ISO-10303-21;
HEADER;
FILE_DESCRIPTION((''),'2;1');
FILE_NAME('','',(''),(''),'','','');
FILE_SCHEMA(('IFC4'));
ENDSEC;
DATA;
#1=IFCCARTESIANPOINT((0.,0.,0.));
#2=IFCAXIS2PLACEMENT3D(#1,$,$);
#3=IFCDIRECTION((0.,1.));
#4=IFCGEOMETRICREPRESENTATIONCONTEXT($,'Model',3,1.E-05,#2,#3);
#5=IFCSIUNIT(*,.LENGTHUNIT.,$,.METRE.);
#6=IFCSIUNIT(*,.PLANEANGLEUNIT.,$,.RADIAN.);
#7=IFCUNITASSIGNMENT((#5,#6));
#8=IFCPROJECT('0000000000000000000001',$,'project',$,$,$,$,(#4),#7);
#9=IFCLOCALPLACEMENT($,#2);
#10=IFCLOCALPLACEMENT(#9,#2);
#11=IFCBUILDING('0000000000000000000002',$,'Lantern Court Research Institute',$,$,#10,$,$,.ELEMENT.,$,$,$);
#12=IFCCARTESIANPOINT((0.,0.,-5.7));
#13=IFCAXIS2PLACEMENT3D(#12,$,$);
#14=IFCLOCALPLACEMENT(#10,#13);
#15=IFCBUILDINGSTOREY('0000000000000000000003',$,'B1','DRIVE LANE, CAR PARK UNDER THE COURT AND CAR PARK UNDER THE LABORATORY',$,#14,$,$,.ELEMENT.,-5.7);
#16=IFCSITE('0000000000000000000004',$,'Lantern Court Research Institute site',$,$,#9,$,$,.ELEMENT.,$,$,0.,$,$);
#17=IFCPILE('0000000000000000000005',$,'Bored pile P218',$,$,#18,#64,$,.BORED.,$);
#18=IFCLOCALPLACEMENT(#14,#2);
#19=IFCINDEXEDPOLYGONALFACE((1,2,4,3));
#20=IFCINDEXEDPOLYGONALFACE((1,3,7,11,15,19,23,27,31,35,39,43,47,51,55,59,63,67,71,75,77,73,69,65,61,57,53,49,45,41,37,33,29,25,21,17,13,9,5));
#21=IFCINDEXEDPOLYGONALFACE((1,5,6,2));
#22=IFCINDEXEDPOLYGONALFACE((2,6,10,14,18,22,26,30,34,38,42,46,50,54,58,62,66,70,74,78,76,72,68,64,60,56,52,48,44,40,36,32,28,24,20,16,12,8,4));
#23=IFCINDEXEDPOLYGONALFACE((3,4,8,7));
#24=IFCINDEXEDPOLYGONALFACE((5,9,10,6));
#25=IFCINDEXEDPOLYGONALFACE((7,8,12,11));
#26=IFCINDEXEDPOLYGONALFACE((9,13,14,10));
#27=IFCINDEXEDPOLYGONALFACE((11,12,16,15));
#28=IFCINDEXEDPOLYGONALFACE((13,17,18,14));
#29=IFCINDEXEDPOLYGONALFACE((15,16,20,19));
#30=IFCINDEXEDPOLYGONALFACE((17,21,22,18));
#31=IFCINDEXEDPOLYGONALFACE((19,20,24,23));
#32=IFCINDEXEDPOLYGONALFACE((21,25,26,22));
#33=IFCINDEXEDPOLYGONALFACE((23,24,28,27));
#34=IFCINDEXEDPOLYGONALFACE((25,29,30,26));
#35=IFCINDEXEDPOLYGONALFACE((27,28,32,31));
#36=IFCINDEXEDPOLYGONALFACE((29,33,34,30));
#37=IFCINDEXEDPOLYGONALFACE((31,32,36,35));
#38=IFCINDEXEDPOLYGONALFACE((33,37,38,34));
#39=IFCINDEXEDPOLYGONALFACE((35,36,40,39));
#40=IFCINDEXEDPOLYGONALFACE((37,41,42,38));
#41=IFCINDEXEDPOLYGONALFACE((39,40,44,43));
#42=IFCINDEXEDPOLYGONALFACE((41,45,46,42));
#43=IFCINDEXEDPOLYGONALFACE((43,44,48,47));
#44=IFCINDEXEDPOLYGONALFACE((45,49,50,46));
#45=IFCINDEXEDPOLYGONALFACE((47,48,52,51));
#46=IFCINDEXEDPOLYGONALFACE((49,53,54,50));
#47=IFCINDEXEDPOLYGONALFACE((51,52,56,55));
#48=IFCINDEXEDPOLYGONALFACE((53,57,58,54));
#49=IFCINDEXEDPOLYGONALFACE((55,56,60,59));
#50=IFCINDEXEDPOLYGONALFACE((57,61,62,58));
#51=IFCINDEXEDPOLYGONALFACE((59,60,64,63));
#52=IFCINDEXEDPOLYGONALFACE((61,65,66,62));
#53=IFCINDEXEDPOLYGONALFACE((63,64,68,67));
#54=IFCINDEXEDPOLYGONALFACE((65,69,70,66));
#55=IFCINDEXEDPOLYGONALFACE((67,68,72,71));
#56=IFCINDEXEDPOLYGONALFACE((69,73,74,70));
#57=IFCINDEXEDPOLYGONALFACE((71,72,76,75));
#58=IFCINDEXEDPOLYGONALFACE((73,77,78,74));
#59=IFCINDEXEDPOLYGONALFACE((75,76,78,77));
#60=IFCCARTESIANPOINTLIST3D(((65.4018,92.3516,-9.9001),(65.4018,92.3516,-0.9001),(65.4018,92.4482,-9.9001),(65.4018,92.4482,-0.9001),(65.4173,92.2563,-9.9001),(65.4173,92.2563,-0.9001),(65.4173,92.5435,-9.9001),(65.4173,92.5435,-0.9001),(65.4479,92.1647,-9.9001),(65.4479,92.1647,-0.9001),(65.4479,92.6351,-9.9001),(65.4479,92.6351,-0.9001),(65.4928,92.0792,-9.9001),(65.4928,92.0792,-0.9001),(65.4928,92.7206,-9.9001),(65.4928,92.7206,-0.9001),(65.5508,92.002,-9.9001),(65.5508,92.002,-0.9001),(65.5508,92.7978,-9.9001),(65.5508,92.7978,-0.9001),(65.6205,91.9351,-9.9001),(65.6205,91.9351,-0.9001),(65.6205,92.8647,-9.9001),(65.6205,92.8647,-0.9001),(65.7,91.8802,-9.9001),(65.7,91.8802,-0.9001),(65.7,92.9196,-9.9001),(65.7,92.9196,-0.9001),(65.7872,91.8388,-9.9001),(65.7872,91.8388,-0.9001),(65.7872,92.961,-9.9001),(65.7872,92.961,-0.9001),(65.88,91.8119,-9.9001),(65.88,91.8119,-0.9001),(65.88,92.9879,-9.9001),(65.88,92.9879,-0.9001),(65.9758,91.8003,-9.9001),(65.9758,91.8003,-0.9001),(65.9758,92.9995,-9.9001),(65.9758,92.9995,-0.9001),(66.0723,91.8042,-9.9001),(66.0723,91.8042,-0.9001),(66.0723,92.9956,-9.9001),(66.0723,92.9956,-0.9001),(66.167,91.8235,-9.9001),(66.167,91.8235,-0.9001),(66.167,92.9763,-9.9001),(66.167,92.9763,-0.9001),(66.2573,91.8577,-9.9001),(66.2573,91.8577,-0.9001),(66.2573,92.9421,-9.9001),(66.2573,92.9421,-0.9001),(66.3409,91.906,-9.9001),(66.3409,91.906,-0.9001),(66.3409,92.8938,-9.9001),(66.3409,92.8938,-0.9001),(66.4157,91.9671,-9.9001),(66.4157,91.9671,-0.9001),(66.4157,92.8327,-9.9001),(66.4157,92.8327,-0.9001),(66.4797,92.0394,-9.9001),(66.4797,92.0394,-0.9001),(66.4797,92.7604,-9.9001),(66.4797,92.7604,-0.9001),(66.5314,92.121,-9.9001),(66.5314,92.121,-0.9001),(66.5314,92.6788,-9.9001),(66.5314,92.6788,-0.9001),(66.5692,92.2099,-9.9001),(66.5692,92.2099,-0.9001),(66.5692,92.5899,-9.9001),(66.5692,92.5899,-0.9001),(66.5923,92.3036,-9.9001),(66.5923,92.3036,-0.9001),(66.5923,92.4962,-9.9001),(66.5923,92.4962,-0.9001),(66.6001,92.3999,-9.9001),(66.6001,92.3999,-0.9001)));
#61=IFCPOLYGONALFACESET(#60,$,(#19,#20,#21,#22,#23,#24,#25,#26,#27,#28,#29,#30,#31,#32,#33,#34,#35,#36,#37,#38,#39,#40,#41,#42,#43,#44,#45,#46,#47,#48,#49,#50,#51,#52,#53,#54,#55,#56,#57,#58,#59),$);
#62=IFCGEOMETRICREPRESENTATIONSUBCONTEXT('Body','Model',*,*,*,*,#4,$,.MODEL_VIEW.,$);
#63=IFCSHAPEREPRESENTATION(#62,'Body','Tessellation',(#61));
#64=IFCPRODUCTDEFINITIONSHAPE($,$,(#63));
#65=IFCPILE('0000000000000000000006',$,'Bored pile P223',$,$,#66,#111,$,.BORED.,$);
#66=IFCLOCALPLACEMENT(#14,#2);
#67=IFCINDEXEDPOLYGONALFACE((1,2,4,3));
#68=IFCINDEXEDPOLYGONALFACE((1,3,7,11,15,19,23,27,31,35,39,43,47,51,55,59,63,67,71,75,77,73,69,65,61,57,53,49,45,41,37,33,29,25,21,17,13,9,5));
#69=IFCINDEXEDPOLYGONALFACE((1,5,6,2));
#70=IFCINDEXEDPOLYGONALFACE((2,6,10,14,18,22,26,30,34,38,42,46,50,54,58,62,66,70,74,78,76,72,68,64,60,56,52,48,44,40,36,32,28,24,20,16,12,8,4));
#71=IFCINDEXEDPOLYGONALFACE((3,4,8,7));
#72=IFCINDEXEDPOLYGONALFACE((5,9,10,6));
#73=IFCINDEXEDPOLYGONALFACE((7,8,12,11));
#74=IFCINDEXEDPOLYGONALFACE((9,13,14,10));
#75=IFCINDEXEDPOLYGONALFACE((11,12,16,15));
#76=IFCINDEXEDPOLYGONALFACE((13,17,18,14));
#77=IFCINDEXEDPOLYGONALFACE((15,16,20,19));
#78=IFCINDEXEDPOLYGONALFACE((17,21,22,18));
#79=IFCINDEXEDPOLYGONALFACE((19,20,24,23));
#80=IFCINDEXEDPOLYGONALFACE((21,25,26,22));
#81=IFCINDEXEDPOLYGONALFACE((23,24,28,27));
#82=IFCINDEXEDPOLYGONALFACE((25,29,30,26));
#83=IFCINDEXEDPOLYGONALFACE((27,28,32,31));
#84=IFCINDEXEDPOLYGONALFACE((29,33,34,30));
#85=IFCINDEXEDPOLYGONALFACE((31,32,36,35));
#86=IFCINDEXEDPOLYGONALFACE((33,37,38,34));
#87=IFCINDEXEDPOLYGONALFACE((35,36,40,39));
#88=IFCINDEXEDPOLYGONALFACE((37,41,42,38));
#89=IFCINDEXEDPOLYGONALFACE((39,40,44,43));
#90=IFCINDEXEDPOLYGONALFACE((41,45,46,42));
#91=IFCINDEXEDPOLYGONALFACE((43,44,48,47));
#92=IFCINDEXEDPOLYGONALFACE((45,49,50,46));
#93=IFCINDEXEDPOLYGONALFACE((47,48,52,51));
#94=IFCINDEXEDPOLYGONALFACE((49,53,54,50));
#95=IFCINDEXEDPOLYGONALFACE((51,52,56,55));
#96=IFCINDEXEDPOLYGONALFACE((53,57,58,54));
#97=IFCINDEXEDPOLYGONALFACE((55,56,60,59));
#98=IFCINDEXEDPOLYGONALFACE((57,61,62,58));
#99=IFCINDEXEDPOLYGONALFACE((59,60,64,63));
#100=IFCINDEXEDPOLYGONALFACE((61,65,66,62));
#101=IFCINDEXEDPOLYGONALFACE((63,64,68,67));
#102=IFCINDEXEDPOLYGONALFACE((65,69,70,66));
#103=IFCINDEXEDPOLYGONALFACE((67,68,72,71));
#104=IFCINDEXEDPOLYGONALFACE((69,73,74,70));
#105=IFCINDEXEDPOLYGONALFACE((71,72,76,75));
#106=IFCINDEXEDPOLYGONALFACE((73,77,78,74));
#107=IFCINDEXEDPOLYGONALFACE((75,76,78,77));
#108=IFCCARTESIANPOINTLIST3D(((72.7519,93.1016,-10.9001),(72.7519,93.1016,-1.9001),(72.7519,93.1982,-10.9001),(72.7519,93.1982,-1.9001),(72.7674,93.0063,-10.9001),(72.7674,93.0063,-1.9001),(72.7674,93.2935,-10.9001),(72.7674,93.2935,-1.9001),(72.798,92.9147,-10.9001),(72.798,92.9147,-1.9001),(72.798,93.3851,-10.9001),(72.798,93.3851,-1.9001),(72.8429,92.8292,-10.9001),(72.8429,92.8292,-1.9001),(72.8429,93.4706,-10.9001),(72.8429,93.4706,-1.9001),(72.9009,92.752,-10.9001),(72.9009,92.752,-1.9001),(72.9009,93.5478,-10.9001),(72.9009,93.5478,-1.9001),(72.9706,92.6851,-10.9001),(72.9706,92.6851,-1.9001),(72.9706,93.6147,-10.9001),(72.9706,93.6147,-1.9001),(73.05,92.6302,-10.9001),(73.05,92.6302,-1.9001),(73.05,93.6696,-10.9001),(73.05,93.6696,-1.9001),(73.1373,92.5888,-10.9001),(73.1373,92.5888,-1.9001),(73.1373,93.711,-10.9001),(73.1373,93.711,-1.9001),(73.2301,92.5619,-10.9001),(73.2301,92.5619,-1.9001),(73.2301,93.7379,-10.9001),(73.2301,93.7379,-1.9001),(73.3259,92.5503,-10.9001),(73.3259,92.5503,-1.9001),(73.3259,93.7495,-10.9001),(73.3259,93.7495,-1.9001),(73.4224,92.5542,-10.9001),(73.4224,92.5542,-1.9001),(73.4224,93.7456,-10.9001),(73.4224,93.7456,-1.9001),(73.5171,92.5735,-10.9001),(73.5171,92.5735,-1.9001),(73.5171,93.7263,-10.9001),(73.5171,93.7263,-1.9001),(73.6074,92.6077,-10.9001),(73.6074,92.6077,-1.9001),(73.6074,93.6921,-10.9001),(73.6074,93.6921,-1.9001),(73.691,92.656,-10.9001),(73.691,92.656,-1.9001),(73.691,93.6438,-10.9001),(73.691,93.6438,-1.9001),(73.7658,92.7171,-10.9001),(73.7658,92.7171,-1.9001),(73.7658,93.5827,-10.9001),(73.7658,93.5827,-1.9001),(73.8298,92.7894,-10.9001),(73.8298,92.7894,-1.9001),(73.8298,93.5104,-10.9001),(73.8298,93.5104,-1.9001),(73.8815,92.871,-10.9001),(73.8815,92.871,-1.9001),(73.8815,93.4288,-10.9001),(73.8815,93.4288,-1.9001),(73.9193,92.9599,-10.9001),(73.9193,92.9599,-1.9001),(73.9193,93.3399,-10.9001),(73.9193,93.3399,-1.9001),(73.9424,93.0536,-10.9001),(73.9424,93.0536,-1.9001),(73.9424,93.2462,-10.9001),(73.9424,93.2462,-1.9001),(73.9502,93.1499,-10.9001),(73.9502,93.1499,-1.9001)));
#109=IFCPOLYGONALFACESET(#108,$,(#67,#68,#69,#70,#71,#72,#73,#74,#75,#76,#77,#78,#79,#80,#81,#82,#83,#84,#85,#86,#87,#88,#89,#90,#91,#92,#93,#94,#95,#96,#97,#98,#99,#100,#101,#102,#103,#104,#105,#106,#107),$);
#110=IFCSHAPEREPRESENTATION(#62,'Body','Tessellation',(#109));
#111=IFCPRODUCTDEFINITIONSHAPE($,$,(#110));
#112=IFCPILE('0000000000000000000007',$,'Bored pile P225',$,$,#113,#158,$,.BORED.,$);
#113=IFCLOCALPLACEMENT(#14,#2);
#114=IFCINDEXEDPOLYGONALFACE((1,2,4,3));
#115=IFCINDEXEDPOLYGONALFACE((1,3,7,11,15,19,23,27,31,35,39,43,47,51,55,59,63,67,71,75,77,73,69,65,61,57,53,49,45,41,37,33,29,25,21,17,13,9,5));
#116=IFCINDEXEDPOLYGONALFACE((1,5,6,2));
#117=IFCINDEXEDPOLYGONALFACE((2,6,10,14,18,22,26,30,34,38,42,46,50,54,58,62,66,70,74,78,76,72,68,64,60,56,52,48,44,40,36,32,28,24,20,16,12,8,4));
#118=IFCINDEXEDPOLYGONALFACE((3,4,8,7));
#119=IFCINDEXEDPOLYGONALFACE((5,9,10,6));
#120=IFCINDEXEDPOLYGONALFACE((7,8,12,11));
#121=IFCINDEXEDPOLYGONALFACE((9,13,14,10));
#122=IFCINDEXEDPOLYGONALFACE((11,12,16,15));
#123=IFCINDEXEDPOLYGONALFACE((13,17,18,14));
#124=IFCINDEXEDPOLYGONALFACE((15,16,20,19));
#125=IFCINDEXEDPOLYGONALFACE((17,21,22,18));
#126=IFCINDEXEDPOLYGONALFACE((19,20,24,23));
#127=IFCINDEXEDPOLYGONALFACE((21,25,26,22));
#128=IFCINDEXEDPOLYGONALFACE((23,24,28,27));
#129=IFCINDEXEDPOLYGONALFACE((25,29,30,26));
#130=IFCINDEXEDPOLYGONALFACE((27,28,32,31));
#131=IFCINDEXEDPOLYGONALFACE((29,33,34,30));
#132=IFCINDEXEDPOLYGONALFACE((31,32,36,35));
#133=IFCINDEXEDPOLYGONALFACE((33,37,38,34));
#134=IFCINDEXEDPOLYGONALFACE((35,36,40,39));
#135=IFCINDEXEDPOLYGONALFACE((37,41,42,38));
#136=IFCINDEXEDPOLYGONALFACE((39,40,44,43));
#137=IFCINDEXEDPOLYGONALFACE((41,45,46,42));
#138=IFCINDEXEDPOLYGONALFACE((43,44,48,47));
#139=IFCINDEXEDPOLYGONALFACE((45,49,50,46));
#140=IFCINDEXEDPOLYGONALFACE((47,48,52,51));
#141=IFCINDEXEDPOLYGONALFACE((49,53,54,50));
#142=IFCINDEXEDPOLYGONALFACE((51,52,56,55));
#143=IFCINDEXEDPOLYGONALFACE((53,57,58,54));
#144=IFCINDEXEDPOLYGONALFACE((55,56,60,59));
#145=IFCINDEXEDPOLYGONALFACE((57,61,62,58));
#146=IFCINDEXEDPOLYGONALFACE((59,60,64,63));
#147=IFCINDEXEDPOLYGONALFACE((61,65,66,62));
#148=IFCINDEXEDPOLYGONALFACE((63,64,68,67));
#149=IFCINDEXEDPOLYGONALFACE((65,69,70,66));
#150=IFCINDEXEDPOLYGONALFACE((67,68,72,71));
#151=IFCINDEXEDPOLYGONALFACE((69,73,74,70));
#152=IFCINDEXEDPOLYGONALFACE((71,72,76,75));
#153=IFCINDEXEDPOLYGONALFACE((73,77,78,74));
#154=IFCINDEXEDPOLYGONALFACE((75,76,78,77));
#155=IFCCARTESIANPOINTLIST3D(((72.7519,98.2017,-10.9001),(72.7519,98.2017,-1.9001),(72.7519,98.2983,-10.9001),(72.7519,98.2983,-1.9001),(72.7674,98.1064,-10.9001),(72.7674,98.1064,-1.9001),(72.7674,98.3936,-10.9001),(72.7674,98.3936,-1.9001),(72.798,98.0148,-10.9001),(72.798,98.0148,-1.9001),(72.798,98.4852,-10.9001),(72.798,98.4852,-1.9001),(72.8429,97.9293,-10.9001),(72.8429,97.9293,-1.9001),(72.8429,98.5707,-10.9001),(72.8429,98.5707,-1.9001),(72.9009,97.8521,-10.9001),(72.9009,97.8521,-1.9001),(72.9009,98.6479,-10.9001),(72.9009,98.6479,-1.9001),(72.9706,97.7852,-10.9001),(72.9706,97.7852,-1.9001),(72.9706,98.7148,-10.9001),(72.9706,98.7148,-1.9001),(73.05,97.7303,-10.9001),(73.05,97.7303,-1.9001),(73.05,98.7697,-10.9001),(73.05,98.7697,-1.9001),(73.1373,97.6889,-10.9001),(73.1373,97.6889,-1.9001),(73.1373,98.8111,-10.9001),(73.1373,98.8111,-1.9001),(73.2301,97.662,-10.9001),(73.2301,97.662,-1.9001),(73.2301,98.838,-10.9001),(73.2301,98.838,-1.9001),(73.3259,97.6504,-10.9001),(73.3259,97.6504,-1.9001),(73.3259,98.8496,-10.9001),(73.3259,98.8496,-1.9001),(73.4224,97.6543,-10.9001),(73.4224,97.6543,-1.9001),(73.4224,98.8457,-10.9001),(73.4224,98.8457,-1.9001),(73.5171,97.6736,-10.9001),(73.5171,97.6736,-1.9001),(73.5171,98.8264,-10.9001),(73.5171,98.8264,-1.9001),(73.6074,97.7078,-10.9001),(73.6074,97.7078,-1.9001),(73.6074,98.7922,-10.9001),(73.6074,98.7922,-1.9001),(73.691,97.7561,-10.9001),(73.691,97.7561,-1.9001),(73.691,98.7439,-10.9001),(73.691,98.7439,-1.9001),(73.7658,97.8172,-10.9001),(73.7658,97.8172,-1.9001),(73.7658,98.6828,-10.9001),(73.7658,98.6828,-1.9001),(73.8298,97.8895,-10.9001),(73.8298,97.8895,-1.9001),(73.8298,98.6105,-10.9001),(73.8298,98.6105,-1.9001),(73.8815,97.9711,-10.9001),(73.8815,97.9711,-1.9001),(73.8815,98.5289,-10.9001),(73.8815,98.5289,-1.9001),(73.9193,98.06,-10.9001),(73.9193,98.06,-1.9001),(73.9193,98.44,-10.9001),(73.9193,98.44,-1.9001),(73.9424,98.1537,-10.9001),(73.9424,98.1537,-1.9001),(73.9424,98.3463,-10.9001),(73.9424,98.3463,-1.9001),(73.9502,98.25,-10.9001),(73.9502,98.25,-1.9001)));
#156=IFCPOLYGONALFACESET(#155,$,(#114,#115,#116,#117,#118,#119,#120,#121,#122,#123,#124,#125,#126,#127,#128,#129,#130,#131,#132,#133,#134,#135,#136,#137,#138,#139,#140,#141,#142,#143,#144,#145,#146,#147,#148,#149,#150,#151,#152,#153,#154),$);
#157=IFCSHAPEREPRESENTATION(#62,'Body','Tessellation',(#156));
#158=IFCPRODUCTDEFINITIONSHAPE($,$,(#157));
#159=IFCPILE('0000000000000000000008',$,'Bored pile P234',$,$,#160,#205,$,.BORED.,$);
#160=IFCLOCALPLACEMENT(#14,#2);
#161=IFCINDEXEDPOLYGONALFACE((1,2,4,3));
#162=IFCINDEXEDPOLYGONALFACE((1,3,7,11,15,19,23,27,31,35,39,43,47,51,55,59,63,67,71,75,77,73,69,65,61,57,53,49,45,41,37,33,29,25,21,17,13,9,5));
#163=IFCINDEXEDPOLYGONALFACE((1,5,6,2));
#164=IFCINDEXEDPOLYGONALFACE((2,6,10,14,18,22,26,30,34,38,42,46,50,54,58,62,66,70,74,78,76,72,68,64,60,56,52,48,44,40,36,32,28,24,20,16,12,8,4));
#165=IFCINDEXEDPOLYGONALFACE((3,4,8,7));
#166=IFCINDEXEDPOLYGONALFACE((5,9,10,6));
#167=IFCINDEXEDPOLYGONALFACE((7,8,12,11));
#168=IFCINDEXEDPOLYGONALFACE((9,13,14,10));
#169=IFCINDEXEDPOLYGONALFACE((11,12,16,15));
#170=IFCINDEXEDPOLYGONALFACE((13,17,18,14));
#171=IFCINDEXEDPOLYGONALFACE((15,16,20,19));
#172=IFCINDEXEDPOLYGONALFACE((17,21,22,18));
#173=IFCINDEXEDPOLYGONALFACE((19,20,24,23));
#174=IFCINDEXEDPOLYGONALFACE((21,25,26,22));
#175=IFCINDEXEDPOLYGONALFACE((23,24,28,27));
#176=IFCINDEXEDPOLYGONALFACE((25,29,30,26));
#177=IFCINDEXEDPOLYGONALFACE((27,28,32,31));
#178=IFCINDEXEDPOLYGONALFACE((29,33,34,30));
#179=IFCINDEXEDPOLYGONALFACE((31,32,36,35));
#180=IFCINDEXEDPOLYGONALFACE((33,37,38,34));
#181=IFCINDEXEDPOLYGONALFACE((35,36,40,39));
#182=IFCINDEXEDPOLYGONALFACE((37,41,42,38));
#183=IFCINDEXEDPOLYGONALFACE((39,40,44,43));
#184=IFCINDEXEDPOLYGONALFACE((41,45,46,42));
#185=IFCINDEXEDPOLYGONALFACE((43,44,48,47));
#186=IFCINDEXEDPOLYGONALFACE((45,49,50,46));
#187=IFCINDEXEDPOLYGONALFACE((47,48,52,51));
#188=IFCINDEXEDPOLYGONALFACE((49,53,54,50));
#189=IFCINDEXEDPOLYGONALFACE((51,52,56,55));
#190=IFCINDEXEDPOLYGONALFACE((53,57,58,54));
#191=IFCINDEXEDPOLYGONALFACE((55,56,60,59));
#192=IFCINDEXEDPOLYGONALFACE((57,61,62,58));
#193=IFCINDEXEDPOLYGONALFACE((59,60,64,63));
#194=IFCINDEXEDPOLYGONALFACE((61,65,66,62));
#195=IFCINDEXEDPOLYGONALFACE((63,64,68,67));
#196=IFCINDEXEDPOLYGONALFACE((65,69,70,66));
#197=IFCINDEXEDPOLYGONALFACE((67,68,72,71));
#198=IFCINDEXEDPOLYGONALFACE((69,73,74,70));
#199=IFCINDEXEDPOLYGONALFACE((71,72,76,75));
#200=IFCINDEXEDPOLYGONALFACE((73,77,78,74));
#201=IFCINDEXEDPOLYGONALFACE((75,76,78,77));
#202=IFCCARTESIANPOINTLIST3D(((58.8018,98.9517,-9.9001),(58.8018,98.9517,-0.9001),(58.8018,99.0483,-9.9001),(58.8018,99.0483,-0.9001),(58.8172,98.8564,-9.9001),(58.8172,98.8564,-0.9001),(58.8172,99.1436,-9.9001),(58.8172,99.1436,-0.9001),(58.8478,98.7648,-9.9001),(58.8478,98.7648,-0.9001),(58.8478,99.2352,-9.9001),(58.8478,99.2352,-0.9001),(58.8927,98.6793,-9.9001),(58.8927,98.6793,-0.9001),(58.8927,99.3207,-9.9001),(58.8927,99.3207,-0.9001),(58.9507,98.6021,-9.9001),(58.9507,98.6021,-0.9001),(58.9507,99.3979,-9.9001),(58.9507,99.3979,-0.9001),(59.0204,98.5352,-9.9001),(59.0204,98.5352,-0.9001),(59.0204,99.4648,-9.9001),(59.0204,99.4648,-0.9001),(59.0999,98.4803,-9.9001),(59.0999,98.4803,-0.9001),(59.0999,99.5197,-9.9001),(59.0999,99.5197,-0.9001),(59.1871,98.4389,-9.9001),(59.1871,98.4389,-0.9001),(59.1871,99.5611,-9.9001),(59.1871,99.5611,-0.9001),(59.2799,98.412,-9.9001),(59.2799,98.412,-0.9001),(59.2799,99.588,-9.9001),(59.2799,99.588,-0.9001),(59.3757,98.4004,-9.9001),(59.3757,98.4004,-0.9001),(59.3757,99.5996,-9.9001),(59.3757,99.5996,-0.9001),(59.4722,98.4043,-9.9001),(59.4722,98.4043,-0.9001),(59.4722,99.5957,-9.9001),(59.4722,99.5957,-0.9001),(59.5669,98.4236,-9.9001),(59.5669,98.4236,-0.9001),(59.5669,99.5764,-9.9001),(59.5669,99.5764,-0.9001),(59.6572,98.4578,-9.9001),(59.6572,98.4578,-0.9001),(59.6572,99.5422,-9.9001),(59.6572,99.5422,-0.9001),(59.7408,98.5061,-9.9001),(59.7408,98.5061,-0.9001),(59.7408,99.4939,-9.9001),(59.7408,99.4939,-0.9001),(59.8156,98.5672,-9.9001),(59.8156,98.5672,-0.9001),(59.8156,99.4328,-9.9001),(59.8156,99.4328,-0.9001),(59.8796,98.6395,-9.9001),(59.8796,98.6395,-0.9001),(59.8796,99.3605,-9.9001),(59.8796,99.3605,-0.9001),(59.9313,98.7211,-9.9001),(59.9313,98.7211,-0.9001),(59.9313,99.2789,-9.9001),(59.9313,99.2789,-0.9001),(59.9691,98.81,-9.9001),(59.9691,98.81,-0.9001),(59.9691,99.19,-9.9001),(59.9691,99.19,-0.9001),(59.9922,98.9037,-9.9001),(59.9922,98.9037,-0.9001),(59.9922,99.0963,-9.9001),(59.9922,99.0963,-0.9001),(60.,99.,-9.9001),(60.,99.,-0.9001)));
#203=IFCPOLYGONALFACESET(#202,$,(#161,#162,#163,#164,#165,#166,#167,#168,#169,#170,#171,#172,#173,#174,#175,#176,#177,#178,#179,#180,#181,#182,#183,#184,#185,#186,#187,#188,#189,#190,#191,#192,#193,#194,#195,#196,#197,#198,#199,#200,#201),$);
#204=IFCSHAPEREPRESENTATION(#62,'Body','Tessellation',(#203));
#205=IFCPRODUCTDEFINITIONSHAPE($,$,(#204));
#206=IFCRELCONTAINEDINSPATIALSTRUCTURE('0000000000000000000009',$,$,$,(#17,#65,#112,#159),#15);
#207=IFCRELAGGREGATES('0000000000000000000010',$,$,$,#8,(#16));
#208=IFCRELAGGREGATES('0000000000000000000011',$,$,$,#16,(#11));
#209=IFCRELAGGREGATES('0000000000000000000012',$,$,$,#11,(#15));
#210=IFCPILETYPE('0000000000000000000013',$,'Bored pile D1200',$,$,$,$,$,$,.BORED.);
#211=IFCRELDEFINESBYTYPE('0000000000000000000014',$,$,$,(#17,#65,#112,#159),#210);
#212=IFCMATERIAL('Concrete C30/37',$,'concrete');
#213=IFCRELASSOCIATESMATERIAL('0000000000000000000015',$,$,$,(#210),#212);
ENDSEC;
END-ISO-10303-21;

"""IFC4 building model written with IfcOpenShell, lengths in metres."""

from ifc_helpers import new_model, si_unit, direction, frame, origin, origin_2d, place, context, subcontext, project, spatial, circle, extrude, material, material_profile, profile_set, type_object, element, save


model = new_model("IFC4")

# Units and contexts
model_context = context("Model", 3, precision=1e-05, world=origin(), true_north=direction((0.0, 1.0)))
body_context = subcontext(model_context, "Body", "Model", "MODEL_VIEW")
ifc_project = project(units=[si_unit("LENGTHUNIT", "METRE"), si_unit("PLANEANGLEUNIT", "RADIAN")], contexts=[model_context])

# Site, building, storey
site_placement = place(None, origin())
site = spatial("IfcSite", under=ifc_project, at=site_placement, Name="Lantern Court Research Institute site", CompositionType="ELEMENT", RefElevation=0.0)
building_placement = place(site_placement, origin())
building = spatial("IfcBuilding", under=site, at=building_placement, Name="Lantern Court Research Institute", CompositionType="ELEMENT")
storey_placement = place(building_placement, frame((0.0, 0.0, -5.7)))
storey = spatial("IfcBuildingStorey", under=building, at=storey_placement, Name="B1", Description="DRIVE LANE, CAR PARK UNDER THE COURT AND CAR PARK UNDER THE LABORATORY", CompositionType="ELEMENT", Elevation=-5.7)

# Piles
ifc_material_1 = material(Name="Concrete C30/37", Category="concrete")
ifc_material_profile_1 = material_profile(ifc_material_1, circle(Radius=0.6001, at=origin_2d()), Name="Bored pile D1200")
ifc_profile_set_1 = profile_set([ifc_material_profile_1], Name="Concrete C30/37")
pile_type_1 = type_object("IfcPileType", Name="Bored pile D1200", PredefinedType="BORED", material=ifc_profile_set_1)
for number, where, z_axis, x_axis, name in (
    (1, (66.0, 92.3999, -0.9001), (0.0, 0.0, -1.0), (1.0, 0.0, 0.0), "Bored pile P218"),
    (2, (73.3501, 93.1499, -1.9001), (0.0, 0.0, -1.0), (1.0, 0.0, 0.0), "Bored pile P223"),
    (3, (73.3501, 98.25, -1.9001), (0.0, 0.0, -1.0), (1.0, 0.0, 0.0), "Bored pile P225"),
    (4, (59.3999, 99.0, -0.9001), (0.0, 0.0, -1.0), (1.0, 0.0, 0.0), "Bored pile P234"),
):
    element("IfcPile", number, at=place(storey_placement, frame(where, z_axis=z_axis, x_axis=x_axis)), inside=storey, type_object=pile_type_1, Name=name, PredefinedType="BORED", context=body_context, shape_type="SweptSolid", body=[
        extrude(circle(Radius=0.6001, at=origin_2d()), origin(), (0.0, 0.0, 1.0), 9.0),
    ])

save(model, "model.ifc")
